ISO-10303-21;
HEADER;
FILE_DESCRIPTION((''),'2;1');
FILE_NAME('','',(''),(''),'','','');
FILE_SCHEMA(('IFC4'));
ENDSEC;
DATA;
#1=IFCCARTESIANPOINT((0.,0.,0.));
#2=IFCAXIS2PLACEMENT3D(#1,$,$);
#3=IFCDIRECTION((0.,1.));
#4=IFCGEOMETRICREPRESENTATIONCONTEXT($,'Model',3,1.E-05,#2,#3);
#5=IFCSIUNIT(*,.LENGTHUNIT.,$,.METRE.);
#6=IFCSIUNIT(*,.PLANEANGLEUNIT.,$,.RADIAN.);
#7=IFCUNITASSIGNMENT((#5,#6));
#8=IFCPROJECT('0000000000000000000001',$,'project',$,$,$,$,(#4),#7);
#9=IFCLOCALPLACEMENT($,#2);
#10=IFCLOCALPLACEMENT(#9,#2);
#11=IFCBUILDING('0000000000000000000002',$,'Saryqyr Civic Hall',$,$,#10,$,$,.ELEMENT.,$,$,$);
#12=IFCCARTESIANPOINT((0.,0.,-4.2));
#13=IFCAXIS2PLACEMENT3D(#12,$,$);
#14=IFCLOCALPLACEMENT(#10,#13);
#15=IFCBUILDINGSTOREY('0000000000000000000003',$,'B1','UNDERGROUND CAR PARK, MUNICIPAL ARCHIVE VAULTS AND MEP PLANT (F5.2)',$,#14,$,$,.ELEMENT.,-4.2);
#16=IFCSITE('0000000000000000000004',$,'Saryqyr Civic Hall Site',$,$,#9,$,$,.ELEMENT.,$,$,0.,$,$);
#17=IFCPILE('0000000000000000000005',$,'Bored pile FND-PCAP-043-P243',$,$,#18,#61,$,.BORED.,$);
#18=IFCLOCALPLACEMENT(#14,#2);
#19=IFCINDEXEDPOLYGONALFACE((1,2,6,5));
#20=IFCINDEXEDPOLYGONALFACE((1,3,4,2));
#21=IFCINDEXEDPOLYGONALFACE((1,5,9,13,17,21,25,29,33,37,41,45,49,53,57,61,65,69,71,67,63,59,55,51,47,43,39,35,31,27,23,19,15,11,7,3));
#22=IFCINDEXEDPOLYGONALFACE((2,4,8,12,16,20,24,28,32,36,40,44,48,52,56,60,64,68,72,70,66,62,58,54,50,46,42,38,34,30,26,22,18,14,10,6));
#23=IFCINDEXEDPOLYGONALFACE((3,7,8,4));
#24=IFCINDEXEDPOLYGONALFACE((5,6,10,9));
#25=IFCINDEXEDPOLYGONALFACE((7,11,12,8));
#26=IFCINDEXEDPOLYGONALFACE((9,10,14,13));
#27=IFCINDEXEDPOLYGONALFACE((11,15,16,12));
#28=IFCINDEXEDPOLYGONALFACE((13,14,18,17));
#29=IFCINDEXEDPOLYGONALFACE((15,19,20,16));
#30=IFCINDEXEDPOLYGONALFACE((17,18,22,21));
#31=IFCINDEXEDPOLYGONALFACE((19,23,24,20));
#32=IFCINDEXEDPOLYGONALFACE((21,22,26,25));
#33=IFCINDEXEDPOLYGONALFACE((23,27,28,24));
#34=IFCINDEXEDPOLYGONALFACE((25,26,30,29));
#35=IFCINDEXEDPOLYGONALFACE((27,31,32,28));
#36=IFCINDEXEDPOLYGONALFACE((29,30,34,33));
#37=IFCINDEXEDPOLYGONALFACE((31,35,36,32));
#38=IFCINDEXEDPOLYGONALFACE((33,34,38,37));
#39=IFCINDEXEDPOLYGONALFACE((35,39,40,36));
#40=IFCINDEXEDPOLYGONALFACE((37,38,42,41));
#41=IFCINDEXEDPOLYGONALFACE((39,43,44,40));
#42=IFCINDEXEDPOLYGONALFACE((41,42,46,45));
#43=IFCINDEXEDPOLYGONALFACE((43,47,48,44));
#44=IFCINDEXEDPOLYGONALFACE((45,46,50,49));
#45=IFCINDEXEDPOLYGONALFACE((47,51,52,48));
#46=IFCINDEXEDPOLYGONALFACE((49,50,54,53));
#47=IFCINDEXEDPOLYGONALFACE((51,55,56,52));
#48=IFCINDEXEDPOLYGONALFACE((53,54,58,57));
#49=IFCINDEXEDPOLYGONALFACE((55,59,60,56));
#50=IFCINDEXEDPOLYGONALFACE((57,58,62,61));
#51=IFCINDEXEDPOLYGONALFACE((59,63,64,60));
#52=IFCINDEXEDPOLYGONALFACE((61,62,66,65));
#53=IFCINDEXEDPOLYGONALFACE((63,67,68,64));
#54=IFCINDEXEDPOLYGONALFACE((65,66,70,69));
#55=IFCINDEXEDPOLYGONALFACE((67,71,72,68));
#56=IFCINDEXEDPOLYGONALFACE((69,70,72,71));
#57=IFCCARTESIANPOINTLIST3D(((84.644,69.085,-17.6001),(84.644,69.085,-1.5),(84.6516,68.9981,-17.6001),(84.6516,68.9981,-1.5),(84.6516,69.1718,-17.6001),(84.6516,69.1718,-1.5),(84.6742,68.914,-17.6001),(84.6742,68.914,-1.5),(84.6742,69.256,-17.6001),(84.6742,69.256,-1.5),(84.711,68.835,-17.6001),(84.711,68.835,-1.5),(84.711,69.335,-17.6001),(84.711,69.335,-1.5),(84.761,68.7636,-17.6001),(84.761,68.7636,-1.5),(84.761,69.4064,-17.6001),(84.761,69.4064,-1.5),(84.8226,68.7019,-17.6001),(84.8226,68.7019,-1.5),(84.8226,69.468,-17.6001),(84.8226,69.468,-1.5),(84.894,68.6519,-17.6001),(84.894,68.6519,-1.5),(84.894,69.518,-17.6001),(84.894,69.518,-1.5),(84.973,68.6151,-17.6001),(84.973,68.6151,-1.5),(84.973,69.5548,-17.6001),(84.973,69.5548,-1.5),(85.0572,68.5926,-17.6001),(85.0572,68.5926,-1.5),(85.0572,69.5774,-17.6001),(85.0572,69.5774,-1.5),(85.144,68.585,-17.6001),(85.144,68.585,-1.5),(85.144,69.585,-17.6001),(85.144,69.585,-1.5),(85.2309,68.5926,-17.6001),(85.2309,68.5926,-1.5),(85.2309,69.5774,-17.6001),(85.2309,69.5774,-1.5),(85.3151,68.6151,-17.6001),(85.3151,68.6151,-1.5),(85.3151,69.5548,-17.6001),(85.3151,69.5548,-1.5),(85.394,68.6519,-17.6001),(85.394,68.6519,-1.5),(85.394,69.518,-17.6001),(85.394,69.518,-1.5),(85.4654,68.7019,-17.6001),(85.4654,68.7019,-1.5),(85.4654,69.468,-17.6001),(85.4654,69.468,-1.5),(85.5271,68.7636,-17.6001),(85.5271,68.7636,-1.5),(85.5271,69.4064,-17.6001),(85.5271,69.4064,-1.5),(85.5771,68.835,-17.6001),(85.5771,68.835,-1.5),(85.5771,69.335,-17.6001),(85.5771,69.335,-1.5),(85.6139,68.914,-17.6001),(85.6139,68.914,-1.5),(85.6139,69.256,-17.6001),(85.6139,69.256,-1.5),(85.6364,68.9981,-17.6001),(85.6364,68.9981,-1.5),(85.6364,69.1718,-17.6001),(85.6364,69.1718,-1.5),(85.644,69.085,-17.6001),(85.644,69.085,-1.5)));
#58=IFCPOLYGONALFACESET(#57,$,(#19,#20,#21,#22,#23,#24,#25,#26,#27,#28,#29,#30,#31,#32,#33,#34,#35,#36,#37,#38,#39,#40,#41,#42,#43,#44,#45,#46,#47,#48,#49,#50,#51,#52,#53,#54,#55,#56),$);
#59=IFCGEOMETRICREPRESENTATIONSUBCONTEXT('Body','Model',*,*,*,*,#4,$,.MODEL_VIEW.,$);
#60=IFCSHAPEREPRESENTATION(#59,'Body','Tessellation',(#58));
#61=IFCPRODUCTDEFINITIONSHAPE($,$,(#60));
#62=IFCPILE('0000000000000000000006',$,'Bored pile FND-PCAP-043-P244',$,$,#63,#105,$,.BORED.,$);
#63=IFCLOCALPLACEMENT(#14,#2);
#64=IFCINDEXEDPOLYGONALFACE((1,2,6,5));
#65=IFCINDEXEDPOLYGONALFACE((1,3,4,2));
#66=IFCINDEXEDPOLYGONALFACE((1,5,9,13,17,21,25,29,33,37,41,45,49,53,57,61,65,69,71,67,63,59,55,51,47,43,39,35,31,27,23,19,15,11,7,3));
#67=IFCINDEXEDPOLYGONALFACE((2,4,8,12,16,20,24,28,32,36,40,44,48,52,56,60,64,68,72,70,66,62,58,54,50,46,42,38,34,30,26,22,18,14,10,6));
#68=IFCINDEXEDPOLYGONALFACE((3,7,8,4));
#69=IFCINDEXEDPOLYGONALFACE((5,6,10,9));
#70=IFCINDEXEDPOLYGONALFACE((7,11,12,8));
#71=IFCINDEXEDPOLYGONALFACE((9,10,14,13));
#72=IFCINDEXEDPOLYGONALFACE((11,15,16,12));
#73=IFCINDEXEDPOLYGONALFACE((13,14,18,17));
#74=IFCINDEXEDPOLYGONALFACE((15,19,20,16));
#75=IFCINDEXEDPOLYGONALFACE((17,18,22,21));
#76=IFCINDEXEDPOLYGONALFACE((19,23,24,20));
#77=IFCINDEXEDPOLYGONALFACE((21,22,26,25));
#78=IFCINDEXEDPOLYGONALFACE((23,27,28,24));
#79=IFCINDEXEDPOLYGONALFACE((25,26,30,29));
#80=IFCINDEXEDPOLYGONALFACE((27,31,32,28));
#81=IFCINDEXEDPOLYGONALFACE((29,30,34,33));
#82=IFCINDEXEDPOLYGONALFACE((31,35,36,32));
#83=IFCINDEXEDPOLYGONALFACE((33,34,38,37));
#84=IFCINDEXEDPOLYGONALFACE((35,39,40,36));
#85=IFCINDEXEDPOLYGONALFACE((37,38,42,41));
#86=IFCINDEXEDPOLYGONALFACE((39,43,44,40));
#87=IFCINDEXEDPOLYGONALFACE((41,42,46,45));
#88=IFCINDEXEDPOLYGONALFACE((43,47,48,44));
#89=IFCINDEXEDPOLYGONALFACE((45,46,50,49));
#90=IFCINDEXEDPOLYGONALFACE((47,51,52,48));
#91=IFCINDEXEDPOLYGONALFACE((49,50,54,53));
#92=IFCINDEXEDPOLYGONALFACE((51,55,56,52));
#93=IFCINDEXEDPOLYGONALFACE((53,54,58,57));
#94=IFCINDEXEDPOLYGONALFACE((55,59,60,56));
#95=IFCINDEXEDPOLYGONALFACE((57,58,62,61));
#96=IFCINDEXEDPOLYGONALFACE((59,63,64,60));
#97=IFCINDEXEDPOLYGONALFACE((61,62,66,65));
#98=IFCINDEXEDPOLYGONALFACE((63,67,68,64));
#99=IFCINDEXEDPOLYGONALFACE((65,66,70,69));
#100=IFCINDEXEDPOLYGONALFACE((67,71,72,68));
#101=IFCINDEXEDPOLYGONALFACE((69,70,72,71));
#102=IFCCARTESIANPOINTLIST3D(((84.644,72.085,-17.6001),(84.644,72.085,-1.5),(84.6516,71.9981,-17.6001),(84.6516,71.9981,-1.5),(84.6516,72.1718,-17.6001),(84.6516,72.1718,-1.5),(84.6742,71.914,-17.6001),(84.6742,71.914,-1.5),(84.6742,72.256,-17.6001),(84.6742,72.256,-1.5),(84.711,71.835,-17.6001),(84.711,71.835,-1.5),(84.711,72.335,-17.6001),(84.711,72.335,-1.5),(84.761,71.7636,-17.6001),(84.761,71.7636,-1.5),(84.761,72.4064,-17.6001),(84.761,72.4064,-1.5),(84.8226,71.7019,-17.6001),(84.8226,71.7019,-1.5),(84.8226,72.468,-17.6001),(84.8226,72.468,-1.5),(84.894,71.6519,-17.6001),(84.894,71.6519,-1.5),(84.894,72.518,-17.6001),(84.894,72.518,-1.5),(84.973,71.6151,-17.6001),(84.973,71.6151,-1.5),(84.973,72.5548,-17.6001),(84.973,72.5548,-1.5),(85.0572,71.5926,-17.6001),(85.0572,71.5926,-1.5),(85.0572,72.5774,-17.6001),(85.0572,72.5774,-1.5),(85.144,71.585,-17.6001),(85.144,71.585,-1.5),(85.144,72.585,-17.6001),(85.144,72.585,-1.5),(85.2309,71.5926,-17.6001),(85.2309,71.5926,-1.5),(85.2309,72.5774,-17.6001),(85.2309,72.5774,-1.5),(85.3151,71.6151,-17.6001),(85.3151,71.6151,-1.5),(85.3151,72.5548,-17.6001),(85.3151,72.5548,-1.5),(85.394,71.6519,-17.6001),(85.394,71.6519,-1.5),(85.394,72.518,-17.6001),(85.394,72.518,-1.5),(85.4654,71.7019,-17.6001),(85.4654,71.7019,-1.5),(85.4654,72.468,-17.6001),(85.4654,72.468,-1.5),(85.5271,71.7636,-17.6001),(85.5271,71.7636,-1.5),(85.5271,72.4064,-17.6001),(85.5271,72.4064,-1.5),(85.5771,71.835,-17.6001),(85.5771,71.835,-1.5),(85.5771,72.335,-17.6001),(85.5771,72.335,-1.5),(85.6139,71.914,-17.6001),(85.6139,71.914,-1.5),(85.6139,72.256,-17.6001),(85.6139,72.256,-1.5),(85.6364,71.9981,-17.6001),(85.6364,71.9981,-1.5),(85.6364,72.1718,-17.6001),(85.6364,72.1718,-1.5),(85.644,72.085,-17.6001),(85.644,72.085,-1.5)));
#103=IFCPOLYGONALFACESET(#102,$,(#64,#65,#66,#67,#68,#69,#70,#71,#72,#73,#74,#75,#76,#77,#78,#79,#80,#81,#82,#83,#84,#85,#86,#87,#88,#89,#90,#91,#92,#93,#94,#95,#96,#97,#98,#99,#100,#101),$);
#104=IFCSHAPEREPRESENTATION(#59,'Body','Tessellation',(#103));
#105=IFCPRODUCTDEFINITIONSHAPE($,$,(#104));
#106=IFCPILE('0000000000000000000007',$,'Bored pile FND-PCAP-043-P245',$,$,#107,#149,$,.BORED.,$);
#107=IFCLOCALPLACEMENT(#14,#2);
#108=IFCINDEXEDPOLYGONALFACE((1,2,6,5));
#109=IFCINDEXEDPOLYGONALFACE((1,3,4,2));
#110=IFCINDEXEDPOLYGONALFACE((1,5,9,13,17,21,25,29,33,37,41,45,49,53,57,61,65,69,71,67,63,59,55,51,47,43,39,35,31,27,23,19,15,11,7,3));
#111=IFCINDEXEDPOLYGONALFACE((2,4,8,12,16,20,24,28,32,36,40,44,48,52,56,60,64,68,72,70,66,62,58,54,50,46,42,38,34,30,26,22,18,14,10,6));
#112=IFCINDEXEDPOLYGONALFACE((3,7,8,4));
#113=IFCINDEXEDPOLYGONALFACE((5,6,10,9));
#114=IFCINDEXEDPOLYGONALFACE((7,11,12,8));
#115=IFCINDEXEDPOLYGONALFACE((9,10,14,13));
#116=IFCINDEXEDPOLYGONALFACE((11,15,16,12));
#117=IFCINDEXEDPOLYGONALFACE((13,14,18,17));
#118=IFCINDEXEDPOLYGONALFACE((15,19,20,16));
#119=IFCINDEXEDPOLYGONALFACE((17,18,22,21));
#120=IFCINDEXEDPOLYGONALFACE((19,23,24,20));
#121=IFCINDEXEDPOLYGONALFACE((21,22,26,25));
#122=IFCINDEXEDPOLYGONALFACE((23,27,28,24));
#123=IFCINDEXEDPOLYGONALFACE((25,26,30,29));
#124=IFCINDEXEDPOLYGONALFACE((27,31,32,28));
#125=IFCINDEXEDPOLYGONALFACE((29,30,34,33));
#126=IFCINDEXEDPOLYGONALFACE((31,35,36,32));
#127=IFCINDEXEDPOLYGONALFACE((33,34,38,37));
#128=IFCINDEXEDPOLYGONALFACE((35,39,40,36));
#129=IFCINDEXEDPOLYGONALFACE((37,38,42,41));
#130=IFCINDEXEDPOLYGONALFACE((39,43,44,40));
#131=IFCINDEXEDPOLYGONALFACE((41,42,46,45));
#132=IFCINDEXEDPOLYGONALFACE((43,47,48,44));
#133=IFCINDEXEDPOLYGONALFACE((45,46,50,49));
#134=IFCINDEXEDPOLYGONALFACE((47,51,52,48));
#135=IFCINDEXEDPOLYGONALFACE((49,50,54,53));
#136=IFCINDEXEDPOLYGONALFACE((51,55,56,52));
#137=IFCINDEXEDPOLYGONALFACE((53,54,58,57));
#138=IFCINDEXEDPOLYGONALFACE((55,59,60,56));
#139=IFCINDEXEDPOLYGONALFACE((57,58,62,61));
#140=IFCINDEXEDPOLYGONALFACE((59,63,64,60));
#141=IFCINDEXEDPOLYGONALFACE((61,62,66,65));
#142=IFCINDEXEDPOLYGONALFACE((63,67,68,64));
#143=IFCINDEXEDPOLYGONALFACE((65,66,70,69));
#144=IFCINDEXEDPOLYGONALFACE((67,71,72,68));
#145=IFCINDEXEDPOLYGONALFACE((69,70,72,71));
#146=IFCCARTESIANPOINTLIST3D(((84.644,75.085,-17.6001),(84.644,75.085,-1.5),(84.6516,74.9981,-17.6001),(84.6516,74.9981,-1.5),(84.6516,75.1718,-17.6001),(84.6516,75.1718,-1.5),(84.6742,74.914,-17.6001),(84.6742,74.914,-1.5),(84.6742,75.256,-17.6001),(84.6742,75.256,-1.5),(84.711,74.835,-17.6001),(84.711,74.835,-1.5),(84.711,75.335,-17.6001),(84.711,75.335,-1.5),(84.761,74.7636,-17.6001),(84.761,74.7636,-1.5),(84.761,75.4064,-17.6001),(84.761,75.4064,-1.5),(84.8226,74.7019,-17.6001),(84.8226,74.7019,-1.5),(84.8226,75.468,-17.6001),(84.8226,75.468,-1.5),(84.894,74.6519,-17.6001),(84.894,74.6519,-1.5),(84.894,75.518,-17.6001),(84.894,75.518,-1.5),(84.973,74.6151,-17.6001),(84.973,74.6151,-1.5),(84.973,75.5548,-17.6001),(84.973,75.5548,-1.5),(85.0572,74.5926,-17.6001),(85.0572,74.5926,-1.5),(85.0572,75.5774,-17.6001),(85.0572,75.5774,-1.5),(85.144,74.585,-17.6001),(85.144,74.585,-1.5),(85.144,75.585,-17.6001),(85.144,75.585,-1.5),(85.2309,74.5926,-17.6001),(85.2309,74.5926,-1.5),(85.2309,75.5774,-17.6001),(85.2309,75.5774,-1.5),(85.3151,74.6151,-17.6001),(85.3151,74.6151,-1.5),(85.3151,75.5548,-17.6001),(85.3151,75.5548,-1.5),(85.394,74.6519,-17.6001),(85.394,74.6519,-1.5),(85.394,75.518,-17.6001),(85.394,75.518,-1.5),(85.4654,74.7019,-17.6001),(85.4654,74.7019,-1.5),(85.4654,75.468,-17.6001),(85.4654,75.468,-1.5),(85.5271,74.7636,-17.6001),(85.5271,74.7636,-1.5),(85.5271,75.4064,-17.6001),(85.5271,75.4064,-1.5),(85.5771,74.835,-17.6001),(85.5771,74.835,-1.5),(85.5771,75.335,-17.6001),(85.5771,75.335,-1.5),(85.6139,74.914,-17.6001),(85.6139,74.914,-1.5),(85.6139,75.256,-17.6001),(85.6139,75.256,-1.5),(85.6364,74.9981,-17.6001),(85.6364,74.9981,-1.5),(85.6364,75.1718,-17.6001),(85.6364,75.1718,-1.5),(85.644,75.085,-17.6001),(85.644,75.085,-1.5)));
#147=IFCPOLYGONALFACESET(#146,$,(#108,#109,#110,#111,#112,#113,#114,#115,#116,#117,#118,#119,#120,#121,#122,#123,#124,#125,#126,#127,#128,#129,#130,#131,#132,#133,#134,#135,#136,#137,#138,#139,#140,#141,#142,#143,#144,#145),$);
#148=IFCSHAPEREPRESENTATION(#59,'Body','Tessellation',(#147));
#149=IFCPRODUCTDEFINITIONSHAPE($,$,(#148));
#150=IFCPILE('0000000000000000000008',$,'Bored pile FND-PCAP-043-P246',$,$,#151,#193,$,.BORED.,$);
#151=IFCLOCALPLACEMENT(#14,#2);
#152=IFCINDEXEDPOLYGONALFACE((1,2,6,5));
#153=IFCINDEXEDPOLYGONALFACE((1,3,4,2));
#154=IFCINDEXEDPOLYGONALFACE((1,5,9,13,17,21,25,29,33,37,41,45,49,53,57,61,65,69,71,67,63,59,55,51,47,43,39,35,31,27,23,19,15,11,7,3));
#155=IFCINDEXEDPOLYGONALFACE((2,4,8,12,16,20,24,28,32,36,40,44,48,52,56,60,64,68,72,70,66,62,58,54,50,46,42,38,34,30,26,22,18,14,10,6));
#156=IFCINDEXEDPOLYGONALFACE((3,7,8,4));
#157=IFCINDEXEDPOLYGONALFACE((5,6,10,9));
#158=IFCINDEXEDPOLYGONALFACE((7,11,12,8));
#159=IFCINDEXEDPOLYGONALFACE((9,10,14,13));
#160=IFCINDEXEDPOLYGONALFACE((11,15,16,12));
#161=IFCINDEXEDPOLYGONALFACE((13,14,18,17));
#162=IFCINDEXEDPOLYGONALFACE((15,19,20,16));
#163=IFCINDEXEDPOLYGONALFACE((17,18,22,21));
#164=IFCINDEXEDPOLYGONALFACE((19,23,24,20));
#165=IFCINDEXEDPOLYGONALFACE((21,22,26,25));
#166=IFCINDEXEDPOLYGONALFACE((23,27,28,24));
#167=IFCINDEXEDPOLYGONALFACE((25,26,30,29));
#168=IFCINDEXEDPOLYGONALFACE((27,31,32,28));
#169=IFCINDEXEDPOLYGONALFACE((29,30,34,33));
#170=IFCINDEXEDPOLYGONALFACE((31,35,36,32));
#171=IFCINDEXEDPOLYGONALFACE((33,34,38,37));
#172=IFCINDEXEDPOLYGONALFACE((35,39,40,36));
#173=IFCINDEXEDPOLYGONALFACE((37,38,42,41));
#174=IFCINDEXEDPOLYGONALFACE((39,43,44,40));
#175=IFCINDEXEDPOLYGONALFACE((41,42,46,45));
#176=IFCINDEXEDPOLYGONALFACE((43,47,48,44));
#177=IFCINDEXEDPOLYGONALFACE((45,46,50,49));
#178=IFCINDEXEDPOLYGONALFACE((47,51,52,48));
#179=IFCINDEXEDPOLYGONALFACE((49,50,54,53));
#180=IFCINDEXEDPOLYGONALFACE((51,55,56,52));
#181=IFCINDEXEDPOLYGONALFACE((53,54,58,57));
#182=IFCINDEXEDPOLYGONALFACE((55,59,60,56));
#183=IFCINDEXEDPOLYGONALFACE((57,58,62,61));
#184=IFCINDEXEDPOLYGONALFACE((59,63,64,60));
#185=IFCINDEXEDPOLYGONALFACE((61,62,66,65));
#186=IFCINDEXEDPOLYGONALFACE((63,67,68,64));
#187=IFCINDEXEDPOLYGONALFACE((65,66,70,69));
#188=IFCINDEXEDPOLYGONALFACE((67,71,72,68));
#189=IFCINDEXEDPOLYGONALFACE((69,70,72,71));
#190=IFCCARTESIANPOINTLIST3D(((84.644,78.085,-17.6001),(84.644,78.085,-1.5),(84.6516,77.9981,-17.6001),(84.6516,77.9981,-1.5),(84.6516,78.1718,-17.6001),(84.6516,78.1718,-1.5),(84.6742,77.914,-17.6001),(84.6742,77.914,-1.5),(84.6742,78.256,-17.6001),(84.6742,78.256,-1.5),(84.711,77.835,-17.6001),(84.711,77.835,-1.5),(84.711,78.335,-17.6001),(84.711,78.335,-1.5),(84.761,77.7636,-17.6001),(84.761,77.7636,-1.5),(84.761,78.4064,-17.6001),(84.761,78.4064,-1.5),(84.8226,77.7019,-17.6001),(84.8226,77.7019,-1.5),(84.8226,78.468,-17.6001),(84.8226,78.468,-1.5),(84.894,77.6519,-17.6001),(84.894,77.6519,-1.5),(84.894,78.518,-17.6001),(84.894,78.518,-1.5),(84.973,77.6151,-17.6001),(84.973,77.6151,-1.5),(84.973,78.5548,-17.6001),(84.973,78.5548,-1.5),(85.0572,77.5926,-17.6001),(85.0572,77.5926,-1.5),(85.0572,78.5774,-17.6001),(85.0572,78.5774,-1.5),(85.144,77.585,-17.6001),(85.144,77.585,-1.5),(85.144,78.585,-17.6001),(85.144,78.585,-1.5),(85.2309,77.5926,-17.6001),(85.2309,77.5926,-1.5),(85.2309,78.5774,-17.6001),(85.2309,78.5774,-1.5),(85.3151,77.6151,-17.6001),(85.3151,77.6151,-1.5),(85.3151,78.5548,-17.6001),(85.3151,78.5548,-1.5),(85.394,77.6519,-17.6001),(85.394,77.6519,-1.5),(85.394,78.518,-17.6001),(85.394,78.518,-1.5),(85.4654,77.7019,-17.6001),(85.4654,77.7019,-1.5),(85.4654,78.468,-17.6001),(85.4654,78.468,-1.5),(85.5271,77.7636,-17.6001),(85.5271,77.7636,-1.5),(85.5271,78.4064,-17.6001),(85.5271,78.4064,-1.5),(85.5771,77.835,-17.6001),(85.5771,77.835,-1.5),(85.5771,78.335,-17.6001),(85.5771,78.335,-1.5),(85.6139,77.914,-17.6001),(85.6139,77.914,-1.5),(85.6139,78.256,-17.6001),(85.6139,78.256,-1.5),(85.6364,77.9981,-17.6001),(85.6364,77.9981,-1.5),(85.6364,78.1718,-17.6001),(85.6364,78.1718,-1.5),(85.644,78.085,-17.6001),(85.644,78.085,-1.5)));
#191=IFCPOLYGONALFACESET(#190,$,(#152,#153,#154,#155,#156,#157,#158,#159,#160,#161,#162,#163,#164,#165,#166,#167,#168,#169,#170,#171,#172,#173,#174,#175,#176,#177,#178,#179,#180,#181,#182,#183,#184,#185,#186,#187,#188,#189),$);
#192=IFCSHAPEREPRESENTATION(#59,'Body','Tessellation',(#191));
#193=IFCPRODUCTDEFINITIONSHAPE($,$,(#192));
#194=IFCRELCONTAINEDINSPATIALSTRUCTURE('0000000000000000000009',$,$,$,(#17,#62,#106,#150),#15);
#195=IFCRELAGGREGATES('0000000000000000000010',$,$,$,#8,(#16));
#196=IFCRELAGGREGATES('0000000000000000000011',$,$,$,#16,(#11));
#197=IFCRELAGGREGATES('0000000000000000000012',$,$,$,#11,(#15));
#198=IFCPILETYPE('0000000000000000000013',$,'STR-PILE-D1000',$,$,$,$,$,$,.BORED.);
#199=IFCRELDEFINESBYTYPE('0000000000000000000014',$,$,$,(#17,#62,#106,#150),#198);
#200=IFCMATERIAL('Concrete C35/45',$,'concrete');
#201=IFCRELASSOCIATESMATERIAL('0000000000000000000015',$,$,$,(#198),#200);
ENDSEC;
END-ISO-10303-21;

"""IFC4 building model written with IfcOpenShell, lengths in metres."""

from ifc_helpers import new_model, si_unit, direction, frame, origin, origin_2d, place, context, subcontext, project, spatial, circle, extrude, material, material_profile, profile_set, type_object, element, save


model = new_model("IFC4")

# Units and contexts
model_context = context("Model", 3, precision=1e-05, world=origin(), true_north=direction((0.0, 1.0)))
body_context = subcontext(model_context, "Body", "Model", "MODEL_VIEW")
ifc_project = project(units=[si_unit("LENGTHUNIT", "METRE"), si_unit("PLANEANGLEUNIT", "RADIAN")], contexts=[model_context])

# Site, building, storey
site_placement = place(None, origin())
site = spatial("IfcSite", under=ifc_project, at=site_placement, Name="Saryqyr Civic Hall Site", CompositionType="ELEMENT", RefElevation=0.0)
building_placement = place(site_placement, origin())
building = spatial("IfcBuilding", under=site, at=building_placement, Name="Saryqyr Civic Hall", CompositionType="ELEMENT")
storey_placement = place(building_placement, frame((0.0, 0.0, -4.2)))
storey = spatial("IfcBuildingStorey", under=building, at=storey_placement, Name="B1", Description="UNDERGROUND CAR PARK, MUNICIPAL ARCHIVE VAULTS AND MEP PLANT (F5.2)", CompositionType="ELEMENT", Elevation=-4.2)

# Piles
ifc_material_1 = material(Name="Concrete C35/45", Category="concrete")
ifc_material_profile_1 = material_profile(ifc_material_1, circle(Radius=0.5, at=origin_2d()), Name="BORED PILE D1000")
ifc_profile_set_1 = profile_set([ifc_material_profile_1], Name="Concrete C35/45")
pile_type = type_object("IfcPileType", Name="STR-PILE-D1000", PredefinedType="BORED", material=ifc_profile_set_1)
for number, where, z_axis, x_axis, name in (
    (1, (85.144, 69.085, -1.5), (0.0, 0.0, -1.0), (1.0, 0.0, 0.0), "Bored pile FND-PCAP-043-P243"),
    (2, (85.144, 72.085, -1.5), (0.0, 0.0, -1.0), (1.0, 0.0, 0.0), "Bored pile FND-PCAP-043-P244"),
    (3, (85.144, 75.085, -1.5), (0.0, 0.0, -1.0), (1.0, 0.0, 0.0), "Bored pile FND-PCAP-043-P245"),
    (4, (85.144, 78.085, -1.5), (0.0, 0.0, -1.0), (1.0, 0.0, 0.0), "Bored pile FND-PCAP-043-P246"),
):
    element("IfcPile", number, at=place(storey_placement, frame(where, z_axis=z_axis, x_axis=x_axis)), inside=storey, type_object=pile_type, Name=name, PredefinedType="BORED", context=body_context, shape_type="SweptSolid", body=[
        extrude(circle(Radius=0.5, at=origin_2d()), origin(), (0.0, 0.0, 1.0), 16.1001),
    ])

save(model, "model.ifc")
